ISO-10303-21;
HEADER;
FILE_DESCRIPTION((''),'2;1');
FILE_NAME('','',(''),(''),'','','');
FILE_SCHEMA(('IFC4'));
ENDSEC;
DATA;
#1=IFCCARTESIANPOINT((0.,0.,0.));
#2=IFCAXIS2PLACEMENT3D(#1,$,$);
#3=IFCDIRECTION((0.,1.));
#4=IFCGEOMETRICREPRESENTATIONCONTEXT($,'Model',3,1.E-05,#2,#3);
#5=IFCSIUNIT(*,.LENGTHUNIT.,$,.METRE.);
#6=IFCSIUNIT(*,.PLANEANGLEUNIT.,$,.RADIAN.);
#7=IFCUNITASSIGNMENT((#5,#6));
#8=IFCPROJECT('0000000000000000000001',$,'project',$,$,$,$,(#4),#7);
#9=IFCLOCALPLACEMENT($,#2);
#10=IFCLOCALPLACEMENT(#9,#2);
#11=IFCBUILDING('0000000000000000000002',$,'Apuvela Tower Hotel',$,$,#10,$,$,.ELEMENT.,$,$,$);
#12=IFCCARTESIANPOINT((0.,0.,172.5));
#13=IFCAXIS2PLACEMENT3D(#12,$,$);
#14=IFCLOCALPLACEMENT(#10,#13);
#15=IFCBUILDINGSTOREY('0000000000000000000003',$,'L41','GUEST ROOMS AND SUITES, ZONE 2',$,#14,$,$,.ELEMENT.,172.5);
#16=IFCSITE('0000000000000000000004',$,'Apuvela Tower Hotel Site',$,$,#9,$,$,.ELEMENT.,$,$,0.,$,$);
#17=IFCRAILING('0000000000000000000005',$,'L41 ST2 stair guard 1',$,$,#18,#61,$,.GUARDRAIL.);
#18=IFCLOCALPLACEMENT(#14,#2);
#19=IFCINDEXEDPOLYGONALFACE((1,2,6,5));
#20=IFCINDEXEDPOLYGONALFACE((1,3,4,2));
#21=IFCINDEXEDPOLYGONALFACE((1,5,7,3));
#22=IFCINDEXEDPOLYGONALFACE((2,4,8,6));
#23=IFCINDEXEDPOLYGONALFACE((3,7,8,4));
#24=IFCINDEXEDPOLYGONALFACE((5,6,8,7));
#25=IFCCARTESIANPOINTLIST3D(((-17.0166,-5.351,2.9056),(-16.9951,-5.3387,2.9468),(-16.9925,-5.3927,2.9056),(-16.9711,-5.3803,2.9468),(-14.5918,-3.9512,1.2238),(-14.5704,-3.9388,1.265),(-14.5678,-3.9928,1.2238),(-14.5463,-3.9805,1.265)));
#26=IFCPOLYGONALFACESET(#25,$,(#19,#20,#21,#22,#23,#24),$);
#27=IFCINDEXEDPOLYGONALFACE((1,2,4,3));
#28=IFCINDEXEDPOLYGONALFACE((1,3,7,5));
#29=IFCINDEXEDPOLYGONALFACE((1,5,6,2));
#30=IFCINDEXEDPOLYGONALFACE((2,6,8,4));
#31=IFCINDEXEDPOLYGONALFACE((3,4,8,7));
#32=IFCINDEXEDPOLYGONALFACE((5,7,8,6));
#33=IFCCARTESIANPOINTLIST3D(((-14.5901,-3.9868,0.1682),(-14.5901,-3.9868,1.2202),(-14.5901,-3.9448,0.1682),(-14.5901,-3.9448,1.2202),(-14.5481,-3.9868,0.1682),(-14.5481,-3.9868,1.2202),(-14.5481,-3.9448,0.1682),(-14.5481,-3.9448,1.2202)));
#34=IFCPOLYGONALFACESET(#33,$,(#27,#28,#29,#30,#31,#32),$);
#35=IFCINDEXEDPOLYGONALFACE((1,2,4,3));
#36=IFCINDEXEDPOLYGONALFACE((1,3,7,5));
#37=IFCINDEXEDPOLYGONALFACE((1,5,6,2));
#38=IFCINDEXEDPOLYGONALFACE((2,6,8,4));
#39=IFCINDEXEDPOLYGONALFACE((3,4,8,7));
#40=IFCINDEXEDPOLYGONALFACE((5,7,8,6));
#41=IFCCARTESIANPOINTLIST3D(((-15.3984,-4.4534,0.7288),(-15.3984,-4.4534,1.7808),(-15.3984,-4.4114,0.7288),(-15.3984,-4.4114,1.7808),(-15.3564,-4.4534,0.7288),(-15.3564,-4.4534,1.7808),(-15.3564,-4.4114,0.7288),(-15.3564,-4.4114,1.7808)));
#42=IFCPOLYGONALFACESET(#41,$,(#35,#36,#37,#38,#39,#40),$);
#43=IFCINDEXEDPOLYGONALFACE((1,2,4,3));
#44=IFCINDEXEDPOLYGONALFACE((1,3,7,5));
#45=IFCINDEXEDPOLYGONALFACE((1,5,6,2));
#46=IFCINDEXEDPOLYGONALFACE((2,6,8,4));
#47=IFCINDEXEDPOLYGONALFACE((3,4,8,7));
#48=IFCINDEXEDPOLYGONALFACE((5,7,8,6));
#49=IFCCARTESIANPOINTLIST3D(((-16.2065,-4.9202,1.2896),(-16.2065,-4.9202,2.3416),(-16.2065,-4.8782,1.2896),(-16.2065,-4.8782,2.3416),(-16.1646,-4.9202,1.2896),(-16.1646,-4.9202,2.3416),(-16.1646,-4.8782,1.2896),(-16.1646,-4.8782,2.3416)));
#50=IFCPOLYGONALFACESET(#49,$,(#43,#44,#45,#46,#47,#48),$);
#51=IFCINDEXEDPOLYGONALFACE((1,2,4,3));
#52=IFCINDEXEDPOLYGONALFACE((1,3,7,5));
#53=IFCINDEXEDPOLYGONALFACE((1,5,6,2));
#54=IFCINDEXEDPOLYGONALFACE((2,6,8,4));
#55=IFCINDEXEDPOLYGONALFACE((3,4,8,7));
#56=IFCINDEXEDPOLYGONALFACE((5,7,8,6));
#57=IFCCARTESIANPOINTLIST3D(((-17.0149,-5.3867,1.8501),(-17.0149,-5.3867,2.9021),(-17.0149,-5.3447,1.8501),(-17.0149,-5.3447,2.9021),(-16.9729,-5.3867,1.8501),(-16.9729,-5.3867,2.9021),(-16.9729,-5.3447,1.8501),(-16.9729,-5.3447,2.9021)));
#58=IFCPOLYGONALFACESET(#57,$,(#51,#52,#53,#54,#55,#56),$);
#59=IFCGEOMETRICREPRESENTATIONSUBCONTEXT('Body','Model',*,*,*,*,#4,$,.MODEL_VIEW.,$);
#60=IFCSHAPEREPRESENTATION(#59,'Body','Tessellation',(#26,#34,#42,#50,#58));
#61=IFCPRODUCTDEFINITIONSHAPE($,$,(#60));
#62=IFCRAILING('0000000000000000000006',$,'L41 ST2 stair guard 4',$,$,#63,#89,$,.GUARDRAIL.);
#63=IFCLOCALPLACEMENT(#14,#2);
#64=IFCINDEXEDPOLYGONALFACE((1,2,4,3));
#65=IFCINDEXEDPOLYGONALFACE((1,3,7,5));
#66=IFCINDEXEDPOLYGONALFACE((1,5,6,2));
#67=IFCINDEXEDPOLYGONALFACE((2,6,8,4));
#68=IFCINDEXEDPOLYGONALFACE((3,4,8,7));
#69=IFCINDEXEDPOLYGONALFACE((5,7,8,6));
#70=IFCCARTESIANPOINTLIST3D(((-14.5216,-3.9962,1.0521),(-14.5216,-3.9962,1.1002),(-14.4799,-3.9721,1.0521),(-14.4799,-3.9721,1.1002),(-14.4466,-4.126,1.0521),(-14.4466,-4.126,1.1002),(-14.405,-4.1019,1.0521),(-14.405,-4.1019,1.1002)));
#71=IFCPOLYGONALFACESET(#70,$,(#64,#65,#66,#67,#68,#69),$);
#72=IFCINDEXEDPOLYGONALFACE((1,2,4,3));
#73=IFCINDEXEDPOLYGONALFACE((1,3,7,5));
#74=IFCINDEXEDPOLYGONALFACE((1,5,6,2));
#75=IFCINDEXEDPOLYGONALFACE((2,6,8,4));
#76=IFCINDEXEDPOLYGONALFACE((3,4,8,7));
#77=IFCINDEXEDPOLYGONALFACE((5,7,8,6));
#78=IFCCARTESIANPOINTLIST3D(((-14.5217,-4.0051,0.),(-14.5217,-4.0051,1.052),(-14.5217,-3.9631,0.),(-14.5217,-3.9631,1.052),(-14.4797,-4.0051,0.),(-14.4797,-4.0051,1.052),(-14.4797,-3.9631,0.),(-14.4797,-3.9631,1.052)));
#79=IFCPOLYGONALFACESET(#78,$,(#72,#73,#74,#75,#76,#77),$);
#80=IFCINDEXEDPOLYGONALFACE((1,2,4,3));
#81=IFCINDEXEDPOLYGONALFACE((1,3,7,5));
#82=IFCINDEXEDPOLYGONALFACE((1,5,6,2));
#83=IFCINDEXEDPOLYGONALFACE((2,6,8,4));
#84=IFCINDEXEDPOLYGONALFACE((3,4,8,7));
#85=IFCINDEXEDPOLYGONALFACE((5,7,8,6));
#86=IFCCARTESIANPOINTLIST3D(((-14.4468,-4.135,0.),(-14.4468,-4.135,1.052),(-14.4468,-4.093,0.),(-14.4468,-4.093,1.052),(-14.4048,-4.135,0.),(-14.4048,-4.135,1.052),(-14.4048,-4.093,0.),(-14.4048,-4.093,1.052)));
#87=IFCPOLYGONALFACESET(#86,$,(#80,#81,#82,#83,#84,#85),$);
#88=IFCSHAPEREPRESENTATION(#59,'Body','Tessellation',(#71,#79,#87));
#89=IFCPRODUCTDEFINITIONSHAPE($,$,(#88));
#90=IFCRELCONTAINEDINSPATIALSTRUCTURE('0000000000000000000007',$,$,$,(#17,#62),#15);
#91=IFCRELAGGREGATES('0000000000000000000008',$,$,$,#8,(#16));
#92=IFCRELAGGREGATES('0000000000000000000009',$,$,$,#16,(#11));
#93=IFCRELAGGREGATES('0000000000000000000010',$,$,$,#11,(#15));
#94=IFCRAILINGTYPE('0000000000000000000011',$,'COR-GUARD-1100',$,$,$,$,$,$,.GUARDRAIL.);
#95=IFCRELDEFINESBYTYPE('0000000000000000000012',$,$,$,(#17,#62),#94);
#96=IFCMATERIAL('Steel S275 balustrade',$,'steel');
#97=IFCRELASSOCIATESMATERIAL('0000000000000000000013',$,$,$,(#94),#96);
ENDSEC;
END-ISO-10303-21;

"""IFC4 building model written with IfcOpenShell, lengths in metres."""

from ifc_helpers import new_model, si_unit, direction, frame, origin, origin_2d, place, context, subcontext, project, spatial, rectangle, extrude, material, type_object, element, save


model = new_model("IFC4")

# Units and contexts
model_context = context("Model", 3, precision=1e-05, world=origin(), true_north=direction((0.0, 1.0)))
body_context = subcontext(model_context, "Body", "Model", "MODEL_VIEW")
ifc_project = project(units=[si_unit("LENGTHUNIT", "METRE"), si_unit("PLANEANGLEUNIT", "RADIAN")], contexts=[model_context])

# Site, building, storey
site_placement = place(None, origin())
site = spatial("IfcSite", under=ifc_project, at=site_placement, Name="Apuvela Tower Hotel Site", CompositionType="ELEMENT", RefElevation=0.0)
building_placement = place(site_placement, origin())
building = spatial("IfcBuilding", under=site, at=building_placement, Name="Apuvela Tower Hotel", CompositionType="ELEMENT")
storey_placement = place(building_placement, frame((0.0, 0.0, 172.5)))
storey = spatial("IfcBuildingStorey", under=building, at=storey_placement, Name="L41", Description="GUEST ROOMS AND SUITES, ZONE 2", CompositionType="ELEMENT", Elevation=172.5)

# Railings
ifc_material_1 = material(Name="Steel S275 balustrade", Category="steel")
railing_type = type_object("IfcRailingType", Name="COR-GUARD-1100", PredefinedType="GUARDRAIL", material=ifc_material_1)
railing_1_placement = place(storey_placement, frame((-14.5691, -3.9658, 0.1682)))
element("IfcRailing", 1, at=railing_1_placement, inside=storey, type_object=railing_type, Name="L41 ST2 stair guard 1", PredefinedType="GUARDRAIL", context=body_context, shape_type="SweptSolid", body=[
    extrude(rectangle(XDim=0.0481, YDim=0.0481, at=origin_2d()), frame((0.0, 0.0, 1.0762), z_axis=(-0.74239, -0.428601, 0.514934), x_axis=(0.499984, -0.866035, 0.0)), (0.0, 0.0, 1.0), 3.2661),
    extrude(rectangle(XDim=0.042, YDim=0.042, at=origin_2d()), origin(), (0.0, 0.0, 1.0), 1.052),
    extrude(rectangle(XDim=0.042, YDim=0.042, at=origin_2d()), frame((-0.8083, -0.4666, 0.5605)), (0.0, 0.0, 1.0), 1.052),
    extrude(rectangle(XDim=0.042, YDim=0.042, at=origin_2d()), frame((-1.6165, -0.9333, 1.1213)), (0.0, 0.0, 1.0), 1.052),
    extrude(rectangle(XDim=0.042, YDim=0.042, at=origin_2d()), frame((-2.4248, -1.3999, 1.6819)), (0.0, 0.0, 1.0), 1.052),
])
railing_2_placement = place(storey_placement, frame((-14.5007, -3.9841, 0.0)))
element("IfcRailing", 2, at=railing_2_placement, inside=storey, type_object=railing_type, Name="L41 ST2 stair guard 4", PredefinedType="GUARDRAIL", context=body_context, shape_type="SweptSolid", body=[
    extrude(rectangle(XDim=0.0481, YDim=0.0481, at=origin_2d()), frame((0.0, 0.0, 1.0762), z_axis=(0.499816, -0.866131, 0.0), x_axis=(0.866131, 0.499816, 0.0)), (0.0, 0.0, 1.0), 0.1499),
    extrude(rectangle(XDim=0.042, YDim=0.042, at=origin_2d()), origin(), (0.0, 0.0, 1.0), 1.052),
    extrude(rectangle(XDim=0.042, YDim=0.042, at=origin_2d()), frame((0.075, -0.1299, 0.0)), (0.0, 0.0, 1.0), 1.052),
])

save(model, "model.ifc")
